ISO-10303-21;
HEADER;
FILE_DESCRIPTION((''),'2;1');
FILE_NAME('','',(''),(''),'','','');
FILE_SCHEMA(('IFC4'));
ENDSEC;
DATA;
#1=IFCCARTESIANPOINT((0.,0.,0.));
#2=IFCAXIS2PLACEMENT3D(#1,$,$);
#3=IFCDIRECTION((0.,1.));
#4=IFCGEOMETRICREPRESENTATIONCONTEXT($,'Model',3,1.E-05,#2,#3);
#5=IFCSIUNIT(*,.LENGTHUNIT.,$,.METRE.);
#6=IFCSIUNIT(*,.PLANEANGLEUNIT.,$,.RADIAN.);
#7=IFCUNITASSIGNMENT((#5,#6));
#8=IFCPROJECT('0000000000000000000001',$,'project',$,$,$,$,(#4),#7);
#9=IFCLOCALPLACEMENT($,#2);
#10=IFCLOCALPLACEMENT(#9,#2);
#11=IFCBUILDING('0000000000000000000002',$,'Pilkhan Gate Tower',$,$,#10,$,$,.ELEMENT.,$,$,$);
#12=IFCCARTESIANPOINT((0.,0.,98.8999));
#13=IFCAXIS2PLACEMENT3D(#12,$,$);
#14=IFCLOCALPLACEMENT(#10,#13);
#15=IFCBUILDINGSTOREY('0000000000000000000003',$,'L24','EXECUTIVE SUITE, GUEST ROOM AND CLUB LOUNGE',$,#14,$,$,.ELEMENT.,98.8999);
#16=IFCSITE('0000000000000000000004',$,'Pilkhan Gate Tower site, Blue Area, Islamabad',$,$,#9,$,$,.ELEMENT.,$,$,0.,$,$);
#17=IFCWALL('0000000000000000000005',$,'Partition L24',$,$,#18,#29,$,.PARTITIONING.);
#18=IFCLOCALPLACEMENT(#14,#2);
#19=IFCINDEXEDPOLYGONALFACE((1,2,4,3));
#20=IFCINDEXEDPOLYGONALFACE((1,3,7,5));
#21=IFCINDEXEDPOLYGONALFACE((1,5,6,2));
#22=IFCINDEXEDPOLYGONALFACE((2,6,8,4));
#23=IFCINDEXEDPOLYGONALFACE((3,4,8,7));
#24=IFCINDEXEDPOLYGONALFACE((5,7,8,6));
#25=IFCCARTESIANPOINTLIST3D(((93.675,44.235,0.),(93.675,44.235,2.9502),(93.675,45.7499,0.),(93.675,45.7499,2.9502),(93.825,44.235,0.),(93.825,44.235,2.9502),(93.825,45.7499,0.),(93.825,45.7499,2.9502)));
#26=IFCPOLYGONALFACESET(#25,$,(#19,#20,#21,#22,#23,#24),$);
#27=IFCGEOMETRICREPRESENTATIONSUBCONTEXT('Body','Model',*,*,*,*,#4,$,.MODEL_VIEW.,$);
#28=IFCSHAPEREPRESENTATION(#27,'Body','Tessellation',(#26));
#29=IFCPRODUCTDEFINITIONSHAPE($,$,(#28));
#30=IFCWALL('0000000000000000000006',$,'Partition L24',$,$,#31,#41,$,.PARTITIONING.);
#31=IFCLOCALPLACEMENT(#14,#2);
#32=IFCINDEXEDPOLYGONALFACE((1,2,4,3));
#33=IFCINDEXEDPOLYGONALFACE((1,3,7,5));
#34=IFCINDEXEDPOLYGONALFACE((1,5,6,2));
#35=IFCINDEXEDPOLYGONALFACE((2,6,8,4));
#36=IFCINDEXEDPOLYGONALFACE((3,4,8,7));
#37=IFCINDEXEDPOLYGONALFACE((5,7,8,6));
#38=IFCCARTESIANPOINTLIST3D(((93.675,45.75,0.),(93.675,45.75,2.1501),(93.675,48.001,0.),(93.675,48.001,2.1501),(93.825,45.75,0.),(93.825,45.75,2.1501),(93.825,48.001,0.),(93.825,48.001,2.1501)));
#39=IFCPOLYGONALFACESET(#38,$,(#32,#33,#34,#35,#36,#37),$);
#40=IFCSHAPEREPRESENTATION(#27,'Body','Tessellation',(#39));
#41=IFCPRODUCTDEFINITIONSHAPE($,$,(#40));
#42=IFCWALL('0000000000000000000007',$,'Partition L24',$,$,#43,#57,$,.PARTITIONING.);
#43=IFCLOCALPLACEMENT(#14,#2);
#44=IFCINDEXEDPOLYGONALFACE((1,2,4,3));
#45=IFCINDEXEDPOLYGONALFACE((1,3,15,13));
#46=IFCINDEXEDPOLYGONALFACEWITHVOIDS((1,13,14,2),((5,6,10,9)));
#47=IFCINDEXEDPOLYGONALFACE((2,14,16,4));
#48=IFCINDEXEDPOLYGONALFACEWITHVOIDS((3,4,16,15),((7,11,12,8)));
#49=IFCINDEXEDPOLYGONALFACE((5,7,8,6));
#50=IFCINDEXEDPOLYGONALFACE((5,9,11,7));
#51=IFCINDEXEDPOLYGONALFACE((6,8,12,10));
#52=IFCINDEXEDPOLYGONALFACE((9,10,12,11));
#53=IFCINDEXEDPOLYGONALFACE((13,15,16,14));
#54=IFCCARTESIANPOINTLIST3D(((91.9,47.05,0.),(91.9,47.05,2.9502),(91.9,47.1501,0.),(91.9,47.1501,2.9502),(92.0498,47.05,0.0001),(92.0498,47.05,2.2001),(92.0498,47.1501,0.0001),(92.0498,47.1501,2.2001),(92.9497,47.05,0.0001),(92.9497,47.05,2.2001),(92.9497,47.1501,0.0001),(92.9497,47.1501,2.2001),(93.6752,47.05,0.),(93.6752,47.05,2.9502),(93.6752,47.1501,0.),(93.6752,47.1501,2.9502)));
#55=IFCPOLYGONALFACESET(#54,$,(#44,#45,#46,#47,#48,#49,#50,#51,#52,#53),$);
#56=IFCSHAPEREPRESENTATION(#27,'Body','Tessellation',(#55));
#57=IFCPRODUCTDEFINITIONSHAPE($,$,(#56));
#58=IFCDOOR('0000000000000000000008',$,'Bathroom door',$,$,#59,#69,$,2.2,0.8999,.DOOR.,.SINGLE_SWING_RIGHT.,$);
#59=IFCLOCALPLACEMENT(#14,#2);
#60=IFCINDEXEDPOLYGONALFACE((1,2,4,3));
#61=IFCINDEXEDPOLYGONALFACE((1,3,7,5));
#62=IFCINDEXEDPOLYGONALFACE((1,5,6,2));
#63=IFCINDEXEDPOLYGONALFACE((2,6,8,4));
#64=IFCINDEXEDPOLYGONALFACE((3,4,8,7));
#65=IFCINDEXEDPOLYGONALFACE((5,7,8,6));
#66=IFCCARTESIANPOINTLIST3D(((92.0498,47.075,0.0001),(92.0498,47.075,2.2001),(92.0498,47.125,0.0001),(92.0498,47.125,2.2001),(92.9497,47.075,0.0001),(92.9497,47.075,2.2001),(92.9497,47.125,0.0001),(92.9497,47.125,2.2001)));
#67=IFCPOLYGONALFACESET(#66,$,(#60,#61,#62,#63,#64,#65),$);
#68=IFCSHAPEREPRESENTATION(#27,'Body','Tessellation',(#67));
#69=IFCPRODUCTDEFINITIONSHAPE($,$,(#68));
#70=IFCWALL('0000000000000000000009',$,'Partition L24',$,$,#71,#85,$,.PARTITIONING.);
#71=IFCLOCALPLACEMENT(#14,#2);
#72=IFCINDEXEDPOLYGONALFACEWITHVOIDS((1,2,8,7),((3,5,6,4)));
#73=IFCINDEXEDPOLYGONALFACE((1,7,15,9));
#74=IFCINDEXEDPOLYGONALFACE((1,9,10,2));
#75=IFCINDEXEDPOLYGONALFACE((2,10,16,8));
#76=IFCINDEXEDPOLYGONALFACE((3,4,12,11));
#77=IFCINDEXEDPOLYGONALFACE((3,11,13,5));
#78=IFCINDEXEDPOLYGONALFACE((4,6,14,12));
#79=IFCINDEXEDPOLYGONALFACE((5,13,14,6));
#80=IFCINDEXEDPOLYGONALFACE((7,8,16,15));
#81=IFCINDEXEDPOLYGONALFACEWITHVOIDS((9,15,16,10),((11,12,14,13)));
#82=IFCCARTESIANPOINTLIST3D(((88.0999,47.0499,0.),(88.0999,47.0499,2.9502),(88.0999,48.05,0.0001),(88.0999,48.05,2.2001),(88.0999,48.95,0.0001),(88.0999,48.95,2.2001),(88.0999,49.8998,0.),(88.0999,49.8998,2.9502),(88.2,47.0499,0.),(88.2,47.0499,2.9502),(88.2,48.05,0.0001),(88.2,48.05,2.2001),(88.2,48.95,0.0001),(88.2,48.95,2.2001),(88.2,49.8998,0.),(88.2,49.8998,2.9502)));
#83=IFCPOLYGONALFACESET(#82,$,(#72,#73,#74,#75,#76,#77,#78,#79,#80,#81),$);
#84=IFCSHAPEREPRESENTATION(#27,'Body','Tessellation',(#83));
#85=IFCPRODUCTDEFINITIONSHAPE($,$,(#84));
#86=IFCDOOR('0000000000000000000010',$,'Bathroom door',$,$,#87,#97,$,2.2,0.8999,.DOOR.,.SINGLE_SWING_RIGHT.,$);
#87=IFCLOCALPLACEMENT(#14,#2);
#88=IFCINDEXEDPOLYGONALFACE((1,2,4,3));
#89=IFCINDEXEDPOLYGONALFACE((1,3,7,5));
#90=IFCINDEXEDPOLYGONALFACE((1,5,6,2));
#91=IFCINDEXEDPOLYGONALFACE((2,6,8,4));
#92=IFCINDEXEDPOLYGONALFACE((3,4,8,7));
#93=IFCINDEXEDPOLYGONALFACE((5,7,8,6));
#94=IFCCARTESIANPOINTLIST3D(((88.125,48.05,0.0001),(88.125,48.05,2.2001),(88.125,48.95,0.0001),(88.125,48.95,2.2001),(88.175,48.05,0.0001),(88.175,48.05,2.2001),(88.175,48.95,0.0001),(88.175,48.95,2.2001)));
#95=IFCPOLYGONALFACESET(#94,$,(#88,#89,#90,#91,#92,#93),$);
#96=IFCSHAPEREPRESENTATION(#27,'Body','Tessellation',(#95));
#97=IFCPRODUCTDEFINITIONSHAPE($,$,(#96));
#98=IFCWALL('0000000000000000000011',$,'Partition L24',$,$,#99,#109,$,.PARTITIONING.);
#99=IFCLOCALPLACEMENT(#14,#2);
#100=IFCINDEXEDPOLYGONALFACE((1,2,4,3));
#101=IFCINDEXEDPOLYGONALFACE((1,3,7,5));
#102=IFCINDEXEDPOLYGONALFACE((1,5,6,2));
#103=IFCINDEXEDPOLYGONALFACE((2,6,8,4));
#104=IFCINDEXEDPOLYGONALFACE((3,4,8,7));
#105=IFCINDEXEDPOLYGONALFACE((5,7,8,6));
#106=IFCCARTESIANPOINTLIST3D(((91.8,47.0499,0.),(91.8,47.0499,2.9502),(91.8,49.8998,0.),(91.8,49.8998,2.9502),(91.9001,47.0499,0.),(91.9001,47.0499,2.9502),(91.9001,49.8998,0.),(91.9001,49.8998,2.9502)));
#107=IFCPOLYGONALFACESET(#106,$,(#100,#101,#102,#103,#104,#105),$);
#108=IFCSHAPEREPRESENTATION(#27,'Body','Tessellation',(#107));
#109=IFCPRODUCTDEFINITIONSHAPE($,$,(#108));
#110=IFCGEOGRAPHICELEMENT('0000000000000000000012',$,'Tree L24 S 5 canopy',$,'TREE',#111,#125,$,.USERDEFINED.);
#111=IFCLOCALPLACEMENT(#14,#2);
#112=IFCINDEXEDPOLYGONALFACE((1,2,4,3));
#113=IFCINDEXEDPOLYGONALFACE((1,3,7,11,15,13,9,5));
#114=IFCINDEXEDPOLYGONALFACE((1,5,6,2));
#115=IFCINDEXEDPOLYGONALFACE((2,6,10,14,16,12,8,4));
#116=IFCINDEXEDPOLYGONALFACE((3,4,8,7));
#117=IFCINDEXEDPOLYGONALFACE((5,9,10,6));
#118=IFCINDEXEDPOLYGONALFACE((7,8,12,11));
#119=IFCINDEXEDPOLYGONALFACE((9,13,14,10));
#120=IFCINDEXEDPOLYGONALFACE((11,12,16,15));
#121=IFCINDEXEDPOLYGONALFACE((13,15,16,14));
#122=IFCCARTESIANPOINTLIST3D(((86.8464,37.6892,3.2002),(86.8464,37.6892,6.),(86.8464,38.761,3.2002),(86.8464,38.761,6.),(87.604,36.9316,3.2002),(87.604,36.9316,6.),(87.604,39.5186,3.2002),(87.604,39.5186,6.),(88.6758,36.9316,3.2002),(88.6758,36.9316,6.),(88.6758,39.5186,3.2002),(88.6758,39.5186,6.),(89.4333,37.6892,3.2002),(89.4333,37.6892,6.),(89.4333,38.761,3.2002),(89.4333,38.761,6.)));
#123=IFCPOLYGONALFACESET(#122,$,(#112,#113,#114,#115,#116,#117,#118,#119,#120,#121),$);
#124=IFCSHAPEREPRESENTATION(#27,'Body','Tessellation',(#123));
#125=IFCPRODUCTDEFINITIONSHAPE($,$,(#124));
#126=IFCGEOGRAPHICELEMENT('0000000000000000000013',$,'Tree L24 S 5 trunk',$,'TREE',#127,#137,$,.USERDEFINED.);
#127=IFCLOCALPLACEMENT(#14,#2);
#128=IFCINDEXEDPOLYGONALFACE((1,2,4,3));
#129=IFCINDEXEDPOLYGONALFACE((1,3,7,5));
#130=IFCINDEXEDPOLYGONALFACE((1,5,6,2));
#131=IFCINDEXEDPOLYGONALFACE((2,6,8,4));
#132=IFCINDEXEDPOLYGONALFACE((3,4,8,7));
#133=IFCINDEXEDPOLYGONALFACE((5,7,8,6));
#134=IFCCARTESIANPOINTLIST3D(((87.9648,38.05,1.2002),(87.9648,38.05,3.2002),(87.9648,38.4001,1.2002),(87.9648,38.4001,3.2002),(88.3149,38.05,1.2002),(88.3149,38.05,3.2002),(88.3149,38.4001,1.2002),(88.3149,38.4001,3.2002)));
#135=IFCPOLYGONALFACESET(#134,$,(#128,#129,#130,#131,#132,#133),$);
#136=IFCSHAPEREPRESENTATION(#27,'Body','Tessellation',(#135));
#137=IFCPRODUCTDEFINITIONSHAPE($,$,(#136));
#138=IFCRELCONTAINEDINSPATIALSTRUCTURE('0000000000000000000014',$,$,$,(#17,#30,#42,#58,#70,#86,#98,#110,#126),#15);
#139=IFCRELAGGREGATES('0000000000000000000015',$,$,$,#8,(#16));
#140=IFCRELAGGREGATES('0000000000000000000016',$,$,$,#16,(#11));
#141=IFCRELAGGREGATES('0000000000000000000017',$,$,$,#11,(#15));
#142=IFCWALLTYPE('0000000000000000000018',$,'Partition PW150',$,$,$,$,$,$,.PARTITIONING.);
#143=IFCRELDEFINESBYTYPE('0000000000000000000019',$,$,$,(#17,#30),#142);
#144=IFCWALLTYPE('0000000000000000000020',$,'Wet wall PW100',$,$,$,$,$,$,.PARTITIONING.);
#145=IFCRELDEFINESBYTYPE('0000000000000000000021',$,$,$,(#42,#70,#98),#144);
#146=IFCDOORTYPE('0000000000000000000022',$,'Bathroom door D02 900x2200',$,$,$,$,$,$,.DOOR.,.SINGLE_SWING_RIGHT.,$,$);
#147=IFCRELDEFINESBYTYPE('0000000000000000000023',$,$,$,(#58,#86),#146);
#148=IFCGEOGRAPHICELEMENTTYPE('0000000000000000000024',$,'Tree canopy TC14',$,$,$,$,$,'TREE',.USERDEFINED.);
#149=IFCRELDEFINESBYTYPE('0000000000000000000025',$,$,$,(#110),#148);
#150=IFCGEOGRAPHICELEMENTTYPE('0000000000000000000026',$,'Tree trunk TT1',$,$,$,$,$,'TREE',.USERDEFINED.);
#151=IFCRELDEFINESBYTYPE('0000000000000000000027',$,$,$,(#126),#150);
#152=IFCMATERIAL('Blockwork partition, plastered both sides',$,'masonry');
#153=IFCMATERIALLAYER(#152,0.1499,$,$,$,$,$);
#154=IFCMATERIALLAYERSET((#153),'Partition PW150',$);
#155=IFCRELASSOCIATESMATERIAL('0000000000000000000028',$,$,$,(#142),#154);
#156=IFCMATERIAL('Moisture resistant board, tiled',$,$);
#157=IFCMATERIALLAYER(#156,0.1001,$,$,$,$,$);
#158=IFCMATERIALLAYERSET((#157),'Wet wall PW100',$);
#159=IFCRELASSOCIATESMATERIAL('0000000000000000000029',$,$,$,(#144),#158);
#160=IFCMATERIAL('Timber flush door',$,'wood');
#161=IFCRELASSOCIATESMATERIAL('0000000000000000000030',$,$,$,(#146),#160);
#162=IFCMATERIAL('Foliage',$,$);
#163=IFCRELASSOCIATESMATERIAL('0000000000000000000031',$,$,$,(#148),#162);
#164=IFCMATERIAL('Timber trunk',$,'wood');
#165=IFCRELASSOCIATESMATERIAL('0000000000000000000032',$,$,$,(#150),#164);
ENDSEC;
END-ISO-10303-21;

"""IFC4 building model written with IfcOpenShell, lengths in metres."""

from ifc_helpers import new_model, si_unit, direction, frame, frame_2d, origin, origin_2d, place, context, subcontext, project, spatial, polyline, rectangle, outline, extrude, material, layer, layer_set, material_profile, profile_set, type_object, element, fill, save


model = new_model("IFC4")

# Units and contexts
model_context = context("Model", 3, precision=1e-05, world=origin(), true_north=direction((0.0, 1.0)))
body_context = subcontext(model_context, "Body", "Model", "MODEL_VIEW")
ifc_project = project(units=[si_unit("LENGTHUNIT", "METRE"), si_unit("PLANEANGLEUNIT", "RADIAN")], contexts=[model_context])

# Site, building, storey
site_placement = place(None, origin())
site = spatial("IfcSite", under=ifc_project, at=site_placement, Name="Pilkhan Gate Tower site, Blue Area, Islamabad", CompositionType="ELEMENT", RefElevation=0.0)
building_placement = place(site_placement, origin())
building = spatial("IfcBuilding", under=site, at=building_placement, Name="Pilkhan Gate Tower", CompositionType="ELEMENT")
storey_placement = place(building_placement, frame((0.0, 0.0, 98.8999)))
storey = spatial("IfcBuildingStorey", under=building, at=storey_placement, Name="L24", Description="EXECUTIVE SUITE, GUEST ROOM AND CLUB LOUNGE", CompositionType="ELEMENT", Elevation=98.8999)

# Walls
ifc_material_1 = material(Name="Blockwork partition, plastered both sides", Category="masonry")
ifc_layer_1 = layer(ifc_material_1, 0.1499)
ifc_layer_set_1 = layer_set([ifc_layer_1], Name="Partition PW150")
wall_type_1 = type_object("IfcWallType", Name="Partition PW150", PredefinedType="PARTITIONING", material=ifc_layer_set_1)
wall_1_placement = place(storey_placement, frame((93.75, 44.2351, 0.0), z_axis=(0.0, 0.0, 1.0), x_axis=(0.0, 1.0, 0.0)))
element("IfcWall", 1, at=wall_1_placement, inside=storey, type_object=wall_type_1, Name="Partition L24", PredefinedType="PARTITIONING", context=body_context, shape_type="SweptSolid", body=[
    extrude(rectangle(XDim=1.5149, YDim=0.1499, at=frame_2d((0.7573, 0.0))), origin(), (0.0, 0.0, 1.0), 2.9502),
])
wall_2_placement = place(storey_placement, frame((93.75, 45.75, 0.0), z_axis=(0.0, 0.0, 1.0), x_axis=(0.0, 1.0, 0.0)))
element("IfcWall", 2, at=wall_2_placement, inside=storey, type_object=wall_type_1, Name="Partition L24", PredefinedType="PARTITIONING", context=body_context, shape_type="SweptSolid", body=[
    extrude(rectangle(XDim=2.251, YDim=0.1499, at=frame_2d((1.1255, 0.0))), origin(), (0.0, 0.0, 1.0), 2.1501),
])

# Walls, openings, doors
ifc_material_2 = material(Name="Moisture resistant board, tiled")
ifc_layer_2 = layer(ifc_material_2, 0.1001)
ifc_layer_set_2 = layer_set([ifc_layer_2], Name="Wet wall PW100")
wall_type_2 = type_object("IfcWallType", Name="Wet wall PW100", PredefinedType="PARTITIONING", material=ifc_layer_set_2)
wall_3_placement = place(storey_placement, frame((91.8999, 47.1001, 0.0), z_axis=(0.0, 0.0, 1.0), x_axis=(1.0, 0.0, 0.0)))
wall_3 = element("IfcWall", 3, at=wall_3_placement, inside=storey, type_object=wall_type_2, Name="Partition L24", PredefinedType="PARTITIONING", context=body_context, shape_type="SweptSolid", body=[
    extrude(rectangle(XDim=1.7751, YDim=0.1001, at=frame_2d((0.8877, 0.0))), origin(), (0.0, 0.0, 1.0), 2.9502),
])
opening_1_placement = place(wall_3_placement, frame((0.1499, 0.0, 0.0)))
opening_1 = element("IfcOpeningElement", 4, at=opening_1_placement, cuts=wall_3, PredefinedType="OPENING", context=body_context, shape_type="SweptSolid", body=[
    extrude(rectangle(XDim=0.8999, YDim=2.2, at=frame_2d((0.45, 1.1001))), frame((0.0, 0.0601, 0.0), z_axis=(0.0, -1.0, 0.0), x_axis=(1.0, 0.0, 0.0)), (0.0, 0.0, 1.0), 0.1201),
])
ifc_material_3 = material(Name="Timber flush door", Category="wood")
door_type = type_object("IfcDoorType", Name="Bathroom door D02 900x2200", OperationType="SINGLE_SWING_RIGHT", PredefinedType="DOOR", material=ifc_material_3)
door_1_placement = place(opening_1_placement, origin())
door_1 = element("IfcDoor", 5, at=door_1_placement, inside=storey, type_object=door_type, Name="Bathroom door", OperationType="SINGLE_SWING_RIGHT", OverallHeight=2.2, OverallWidth=0.8999, PredefinedType="DOOR", context=body_context, shape_type="SweptSolid", body=[
    extrude(rectangle(XDim=0.8999, YDim=2.2, at=frame_2d((0.45, 1.1001))), frame((0.0, 0.0249, 0.0), z_axis=(0.0, -1.0, 0.0), x_axis=(1.0, 0.0, 0.0)), (0.0, 0.0, 1.0), 0.05),
])
fill(opening_1, door_1)
wall_4_placement = place(storey_placement, frame((88.1499, 47.05, 0.0), z_axis=(0.0, 0.0, 1.0), x_axis=(0.0, 1.0, 0.0)))
wall_4 = element("IfcWall", 6, at=wall_4_placement, inside=storey, type_object=wall_type_2, Name="Partition L24", PredefinedType="PARTITIONING", context=body_context, shape_type="SweptSolid", body=[
    extrude(rectangle(XDim=2.8499, YDim=0.1001, at=frame_2d((1.4248, 0.0))), origin(), (0.0, 0.0, 1.0), 2.9502),
])
opening_2_placement = place(wall_4_placement, frame((1.0, 0.0, 0.0)))
opening_2 = element("IfcOpeningElement", 7, at=opening_2_placement, cuts=wall_4, PredefinedType="OPENING", context=body_context, shape_type="SweptSolid", body=[
    extrude(rectangle(XDim=0.8999, YDim=2.2, at=frame_2d((0.45, 1.1001))), frame((0.0, 0.0601, 0.0), z_axis=(0.0, -1.0, 0.0), x_axis=(1.0, 0.0, 0.0)), (0.0, 0.0, 1.0), 0.1201),
])
door_2_placement = place(opening_2_placement, origin())
door_2 = element("IfcDoor", 8, at=door_2_placement, inside=storey, type_object=door_type, Name="Bathroom door", OperationType="SINGLE_SWING_RIGHT", OverallHeight=2.2, OverallWidth=0.8999, PredefinedType="DOOR", context=body_context, shape_type="SweptSolid", body=[
    extrude(rectangle(XDim=0.8999, YDim=2.2, at=frame_2d((0.45, 1.1001))), frame((0.0, 0.0249, 0.0), z_axis=(0.0, -1.0, 0.0), x_axis=(1.0, 0.0, 0.0)), (0.0, 0.0, 1.0), 0.05),
])
fill(opening_2, door_2)

# Wall
wall_5_placement = place(storey_placement, frame((91.8501, 47.05, 0.0), z_axis=(0.0, 0.0, 1.0), x_axis=(0.0, 1.0, 0.0)))
element("IfcWall", 9, at=wall_5_placement, inside=storey, type_object=wall_type_2, Name="Partition L24", PredefinedType="PARTITIONING", context=body_context, shape_type="SweptSolid", body=[
    extrude(rectangle(XDim=2.8499, YDim=0.1001, at=frame_2d((1.4248, 0.0))), origin(), (0.0, 0.0, 1.0), 2.9502),
])

# Geographic elements
ifc_material_4 = material(Name="Foliage")
ifc_material_profile_1 = material_profile(ifc_material_4, outline(polyline([(1.2935, 0.5359), (0.5359, 1.2935), (-0.5359, 1.2935), (-1.2935, 0.5359), (-1.2935, -0.5359), (-0.5359, -1.2935), (0.5359, -1.2935), (1.2935, -0.5359), (1.2935, 0.5359)])), Name="Canopy D2.8")
ifc_profile_set_1 = profile_set([ifc_material_profile_1], Name="Foliage")
geographic_element_type_1 = type_object("IfcGeographicElementType", Name="Tree canopy TC14", ElementType="TREE", PredefinedType="USERDEFINED", material=ifc_profile_set_1)
geographic_element_1_placement = place(storey_placement, frame((88.1399, 38.2251, 3.2002), z_axis=(0.0, 0.0, 1.0), x_axis=(1.0, 0.0, 0.0)))
element("IfcGeographicElement", 10, at=geographic_element_1_placement, inside=storey, type_object=geographic_element_type_1, Name="Tree L24 S 5 canopy", ObjectType="TREE", PredefinedType="USERDEFINED", context=body_context, shape_type="SweptSolid", body=[
    extrude(outline(polyline([(1.2935, 0.5359), (0.5359, 1.2935), (-0.5359, 1.2935), (-1.2935, 0.5359), (-1.2935, -0.5359), (-0.5359, -1.2935), (0.5359, -1.2935), (1.2935, -0.5359), (1.2935, 0.5359)])), origin(), (0.0, 0.0, 1.0), 2.7998),
])
ifc_material_5 = material(Name="Timber trunk", Category="wood")
geographic_element_type_2 = type_object("IfcGeographicElementType", Name="Tree trunk TT1", ElementType="TREE", PredefinedType="USERDEFINED", material=ifc_material_5)
geographic_element_2_placement = place(storey_placement, frame((88.1399, 38.2251, 1.2002), z_axis=(0.0, 0.0, 1.0), x_axis=(1.0, 0.0, 0.0)))
element("IfcGeographicElement", 11, at=geographic_element_2_placement, inside=storey, type_object=geographic_element_type_2, Name="Tree L24 S 5 trunk", ObjectType="TREE", PredefinedType="USERDEFINED", context=body_context, shape_type="SweptSolid", body=[
    extrude(rectangle(XDim=0.3501, YDim=0.3501, at=origin_2d()), origin(), (0.0, 0.0, 1.0), 2.0),
])

save(model, "model.ifc")
